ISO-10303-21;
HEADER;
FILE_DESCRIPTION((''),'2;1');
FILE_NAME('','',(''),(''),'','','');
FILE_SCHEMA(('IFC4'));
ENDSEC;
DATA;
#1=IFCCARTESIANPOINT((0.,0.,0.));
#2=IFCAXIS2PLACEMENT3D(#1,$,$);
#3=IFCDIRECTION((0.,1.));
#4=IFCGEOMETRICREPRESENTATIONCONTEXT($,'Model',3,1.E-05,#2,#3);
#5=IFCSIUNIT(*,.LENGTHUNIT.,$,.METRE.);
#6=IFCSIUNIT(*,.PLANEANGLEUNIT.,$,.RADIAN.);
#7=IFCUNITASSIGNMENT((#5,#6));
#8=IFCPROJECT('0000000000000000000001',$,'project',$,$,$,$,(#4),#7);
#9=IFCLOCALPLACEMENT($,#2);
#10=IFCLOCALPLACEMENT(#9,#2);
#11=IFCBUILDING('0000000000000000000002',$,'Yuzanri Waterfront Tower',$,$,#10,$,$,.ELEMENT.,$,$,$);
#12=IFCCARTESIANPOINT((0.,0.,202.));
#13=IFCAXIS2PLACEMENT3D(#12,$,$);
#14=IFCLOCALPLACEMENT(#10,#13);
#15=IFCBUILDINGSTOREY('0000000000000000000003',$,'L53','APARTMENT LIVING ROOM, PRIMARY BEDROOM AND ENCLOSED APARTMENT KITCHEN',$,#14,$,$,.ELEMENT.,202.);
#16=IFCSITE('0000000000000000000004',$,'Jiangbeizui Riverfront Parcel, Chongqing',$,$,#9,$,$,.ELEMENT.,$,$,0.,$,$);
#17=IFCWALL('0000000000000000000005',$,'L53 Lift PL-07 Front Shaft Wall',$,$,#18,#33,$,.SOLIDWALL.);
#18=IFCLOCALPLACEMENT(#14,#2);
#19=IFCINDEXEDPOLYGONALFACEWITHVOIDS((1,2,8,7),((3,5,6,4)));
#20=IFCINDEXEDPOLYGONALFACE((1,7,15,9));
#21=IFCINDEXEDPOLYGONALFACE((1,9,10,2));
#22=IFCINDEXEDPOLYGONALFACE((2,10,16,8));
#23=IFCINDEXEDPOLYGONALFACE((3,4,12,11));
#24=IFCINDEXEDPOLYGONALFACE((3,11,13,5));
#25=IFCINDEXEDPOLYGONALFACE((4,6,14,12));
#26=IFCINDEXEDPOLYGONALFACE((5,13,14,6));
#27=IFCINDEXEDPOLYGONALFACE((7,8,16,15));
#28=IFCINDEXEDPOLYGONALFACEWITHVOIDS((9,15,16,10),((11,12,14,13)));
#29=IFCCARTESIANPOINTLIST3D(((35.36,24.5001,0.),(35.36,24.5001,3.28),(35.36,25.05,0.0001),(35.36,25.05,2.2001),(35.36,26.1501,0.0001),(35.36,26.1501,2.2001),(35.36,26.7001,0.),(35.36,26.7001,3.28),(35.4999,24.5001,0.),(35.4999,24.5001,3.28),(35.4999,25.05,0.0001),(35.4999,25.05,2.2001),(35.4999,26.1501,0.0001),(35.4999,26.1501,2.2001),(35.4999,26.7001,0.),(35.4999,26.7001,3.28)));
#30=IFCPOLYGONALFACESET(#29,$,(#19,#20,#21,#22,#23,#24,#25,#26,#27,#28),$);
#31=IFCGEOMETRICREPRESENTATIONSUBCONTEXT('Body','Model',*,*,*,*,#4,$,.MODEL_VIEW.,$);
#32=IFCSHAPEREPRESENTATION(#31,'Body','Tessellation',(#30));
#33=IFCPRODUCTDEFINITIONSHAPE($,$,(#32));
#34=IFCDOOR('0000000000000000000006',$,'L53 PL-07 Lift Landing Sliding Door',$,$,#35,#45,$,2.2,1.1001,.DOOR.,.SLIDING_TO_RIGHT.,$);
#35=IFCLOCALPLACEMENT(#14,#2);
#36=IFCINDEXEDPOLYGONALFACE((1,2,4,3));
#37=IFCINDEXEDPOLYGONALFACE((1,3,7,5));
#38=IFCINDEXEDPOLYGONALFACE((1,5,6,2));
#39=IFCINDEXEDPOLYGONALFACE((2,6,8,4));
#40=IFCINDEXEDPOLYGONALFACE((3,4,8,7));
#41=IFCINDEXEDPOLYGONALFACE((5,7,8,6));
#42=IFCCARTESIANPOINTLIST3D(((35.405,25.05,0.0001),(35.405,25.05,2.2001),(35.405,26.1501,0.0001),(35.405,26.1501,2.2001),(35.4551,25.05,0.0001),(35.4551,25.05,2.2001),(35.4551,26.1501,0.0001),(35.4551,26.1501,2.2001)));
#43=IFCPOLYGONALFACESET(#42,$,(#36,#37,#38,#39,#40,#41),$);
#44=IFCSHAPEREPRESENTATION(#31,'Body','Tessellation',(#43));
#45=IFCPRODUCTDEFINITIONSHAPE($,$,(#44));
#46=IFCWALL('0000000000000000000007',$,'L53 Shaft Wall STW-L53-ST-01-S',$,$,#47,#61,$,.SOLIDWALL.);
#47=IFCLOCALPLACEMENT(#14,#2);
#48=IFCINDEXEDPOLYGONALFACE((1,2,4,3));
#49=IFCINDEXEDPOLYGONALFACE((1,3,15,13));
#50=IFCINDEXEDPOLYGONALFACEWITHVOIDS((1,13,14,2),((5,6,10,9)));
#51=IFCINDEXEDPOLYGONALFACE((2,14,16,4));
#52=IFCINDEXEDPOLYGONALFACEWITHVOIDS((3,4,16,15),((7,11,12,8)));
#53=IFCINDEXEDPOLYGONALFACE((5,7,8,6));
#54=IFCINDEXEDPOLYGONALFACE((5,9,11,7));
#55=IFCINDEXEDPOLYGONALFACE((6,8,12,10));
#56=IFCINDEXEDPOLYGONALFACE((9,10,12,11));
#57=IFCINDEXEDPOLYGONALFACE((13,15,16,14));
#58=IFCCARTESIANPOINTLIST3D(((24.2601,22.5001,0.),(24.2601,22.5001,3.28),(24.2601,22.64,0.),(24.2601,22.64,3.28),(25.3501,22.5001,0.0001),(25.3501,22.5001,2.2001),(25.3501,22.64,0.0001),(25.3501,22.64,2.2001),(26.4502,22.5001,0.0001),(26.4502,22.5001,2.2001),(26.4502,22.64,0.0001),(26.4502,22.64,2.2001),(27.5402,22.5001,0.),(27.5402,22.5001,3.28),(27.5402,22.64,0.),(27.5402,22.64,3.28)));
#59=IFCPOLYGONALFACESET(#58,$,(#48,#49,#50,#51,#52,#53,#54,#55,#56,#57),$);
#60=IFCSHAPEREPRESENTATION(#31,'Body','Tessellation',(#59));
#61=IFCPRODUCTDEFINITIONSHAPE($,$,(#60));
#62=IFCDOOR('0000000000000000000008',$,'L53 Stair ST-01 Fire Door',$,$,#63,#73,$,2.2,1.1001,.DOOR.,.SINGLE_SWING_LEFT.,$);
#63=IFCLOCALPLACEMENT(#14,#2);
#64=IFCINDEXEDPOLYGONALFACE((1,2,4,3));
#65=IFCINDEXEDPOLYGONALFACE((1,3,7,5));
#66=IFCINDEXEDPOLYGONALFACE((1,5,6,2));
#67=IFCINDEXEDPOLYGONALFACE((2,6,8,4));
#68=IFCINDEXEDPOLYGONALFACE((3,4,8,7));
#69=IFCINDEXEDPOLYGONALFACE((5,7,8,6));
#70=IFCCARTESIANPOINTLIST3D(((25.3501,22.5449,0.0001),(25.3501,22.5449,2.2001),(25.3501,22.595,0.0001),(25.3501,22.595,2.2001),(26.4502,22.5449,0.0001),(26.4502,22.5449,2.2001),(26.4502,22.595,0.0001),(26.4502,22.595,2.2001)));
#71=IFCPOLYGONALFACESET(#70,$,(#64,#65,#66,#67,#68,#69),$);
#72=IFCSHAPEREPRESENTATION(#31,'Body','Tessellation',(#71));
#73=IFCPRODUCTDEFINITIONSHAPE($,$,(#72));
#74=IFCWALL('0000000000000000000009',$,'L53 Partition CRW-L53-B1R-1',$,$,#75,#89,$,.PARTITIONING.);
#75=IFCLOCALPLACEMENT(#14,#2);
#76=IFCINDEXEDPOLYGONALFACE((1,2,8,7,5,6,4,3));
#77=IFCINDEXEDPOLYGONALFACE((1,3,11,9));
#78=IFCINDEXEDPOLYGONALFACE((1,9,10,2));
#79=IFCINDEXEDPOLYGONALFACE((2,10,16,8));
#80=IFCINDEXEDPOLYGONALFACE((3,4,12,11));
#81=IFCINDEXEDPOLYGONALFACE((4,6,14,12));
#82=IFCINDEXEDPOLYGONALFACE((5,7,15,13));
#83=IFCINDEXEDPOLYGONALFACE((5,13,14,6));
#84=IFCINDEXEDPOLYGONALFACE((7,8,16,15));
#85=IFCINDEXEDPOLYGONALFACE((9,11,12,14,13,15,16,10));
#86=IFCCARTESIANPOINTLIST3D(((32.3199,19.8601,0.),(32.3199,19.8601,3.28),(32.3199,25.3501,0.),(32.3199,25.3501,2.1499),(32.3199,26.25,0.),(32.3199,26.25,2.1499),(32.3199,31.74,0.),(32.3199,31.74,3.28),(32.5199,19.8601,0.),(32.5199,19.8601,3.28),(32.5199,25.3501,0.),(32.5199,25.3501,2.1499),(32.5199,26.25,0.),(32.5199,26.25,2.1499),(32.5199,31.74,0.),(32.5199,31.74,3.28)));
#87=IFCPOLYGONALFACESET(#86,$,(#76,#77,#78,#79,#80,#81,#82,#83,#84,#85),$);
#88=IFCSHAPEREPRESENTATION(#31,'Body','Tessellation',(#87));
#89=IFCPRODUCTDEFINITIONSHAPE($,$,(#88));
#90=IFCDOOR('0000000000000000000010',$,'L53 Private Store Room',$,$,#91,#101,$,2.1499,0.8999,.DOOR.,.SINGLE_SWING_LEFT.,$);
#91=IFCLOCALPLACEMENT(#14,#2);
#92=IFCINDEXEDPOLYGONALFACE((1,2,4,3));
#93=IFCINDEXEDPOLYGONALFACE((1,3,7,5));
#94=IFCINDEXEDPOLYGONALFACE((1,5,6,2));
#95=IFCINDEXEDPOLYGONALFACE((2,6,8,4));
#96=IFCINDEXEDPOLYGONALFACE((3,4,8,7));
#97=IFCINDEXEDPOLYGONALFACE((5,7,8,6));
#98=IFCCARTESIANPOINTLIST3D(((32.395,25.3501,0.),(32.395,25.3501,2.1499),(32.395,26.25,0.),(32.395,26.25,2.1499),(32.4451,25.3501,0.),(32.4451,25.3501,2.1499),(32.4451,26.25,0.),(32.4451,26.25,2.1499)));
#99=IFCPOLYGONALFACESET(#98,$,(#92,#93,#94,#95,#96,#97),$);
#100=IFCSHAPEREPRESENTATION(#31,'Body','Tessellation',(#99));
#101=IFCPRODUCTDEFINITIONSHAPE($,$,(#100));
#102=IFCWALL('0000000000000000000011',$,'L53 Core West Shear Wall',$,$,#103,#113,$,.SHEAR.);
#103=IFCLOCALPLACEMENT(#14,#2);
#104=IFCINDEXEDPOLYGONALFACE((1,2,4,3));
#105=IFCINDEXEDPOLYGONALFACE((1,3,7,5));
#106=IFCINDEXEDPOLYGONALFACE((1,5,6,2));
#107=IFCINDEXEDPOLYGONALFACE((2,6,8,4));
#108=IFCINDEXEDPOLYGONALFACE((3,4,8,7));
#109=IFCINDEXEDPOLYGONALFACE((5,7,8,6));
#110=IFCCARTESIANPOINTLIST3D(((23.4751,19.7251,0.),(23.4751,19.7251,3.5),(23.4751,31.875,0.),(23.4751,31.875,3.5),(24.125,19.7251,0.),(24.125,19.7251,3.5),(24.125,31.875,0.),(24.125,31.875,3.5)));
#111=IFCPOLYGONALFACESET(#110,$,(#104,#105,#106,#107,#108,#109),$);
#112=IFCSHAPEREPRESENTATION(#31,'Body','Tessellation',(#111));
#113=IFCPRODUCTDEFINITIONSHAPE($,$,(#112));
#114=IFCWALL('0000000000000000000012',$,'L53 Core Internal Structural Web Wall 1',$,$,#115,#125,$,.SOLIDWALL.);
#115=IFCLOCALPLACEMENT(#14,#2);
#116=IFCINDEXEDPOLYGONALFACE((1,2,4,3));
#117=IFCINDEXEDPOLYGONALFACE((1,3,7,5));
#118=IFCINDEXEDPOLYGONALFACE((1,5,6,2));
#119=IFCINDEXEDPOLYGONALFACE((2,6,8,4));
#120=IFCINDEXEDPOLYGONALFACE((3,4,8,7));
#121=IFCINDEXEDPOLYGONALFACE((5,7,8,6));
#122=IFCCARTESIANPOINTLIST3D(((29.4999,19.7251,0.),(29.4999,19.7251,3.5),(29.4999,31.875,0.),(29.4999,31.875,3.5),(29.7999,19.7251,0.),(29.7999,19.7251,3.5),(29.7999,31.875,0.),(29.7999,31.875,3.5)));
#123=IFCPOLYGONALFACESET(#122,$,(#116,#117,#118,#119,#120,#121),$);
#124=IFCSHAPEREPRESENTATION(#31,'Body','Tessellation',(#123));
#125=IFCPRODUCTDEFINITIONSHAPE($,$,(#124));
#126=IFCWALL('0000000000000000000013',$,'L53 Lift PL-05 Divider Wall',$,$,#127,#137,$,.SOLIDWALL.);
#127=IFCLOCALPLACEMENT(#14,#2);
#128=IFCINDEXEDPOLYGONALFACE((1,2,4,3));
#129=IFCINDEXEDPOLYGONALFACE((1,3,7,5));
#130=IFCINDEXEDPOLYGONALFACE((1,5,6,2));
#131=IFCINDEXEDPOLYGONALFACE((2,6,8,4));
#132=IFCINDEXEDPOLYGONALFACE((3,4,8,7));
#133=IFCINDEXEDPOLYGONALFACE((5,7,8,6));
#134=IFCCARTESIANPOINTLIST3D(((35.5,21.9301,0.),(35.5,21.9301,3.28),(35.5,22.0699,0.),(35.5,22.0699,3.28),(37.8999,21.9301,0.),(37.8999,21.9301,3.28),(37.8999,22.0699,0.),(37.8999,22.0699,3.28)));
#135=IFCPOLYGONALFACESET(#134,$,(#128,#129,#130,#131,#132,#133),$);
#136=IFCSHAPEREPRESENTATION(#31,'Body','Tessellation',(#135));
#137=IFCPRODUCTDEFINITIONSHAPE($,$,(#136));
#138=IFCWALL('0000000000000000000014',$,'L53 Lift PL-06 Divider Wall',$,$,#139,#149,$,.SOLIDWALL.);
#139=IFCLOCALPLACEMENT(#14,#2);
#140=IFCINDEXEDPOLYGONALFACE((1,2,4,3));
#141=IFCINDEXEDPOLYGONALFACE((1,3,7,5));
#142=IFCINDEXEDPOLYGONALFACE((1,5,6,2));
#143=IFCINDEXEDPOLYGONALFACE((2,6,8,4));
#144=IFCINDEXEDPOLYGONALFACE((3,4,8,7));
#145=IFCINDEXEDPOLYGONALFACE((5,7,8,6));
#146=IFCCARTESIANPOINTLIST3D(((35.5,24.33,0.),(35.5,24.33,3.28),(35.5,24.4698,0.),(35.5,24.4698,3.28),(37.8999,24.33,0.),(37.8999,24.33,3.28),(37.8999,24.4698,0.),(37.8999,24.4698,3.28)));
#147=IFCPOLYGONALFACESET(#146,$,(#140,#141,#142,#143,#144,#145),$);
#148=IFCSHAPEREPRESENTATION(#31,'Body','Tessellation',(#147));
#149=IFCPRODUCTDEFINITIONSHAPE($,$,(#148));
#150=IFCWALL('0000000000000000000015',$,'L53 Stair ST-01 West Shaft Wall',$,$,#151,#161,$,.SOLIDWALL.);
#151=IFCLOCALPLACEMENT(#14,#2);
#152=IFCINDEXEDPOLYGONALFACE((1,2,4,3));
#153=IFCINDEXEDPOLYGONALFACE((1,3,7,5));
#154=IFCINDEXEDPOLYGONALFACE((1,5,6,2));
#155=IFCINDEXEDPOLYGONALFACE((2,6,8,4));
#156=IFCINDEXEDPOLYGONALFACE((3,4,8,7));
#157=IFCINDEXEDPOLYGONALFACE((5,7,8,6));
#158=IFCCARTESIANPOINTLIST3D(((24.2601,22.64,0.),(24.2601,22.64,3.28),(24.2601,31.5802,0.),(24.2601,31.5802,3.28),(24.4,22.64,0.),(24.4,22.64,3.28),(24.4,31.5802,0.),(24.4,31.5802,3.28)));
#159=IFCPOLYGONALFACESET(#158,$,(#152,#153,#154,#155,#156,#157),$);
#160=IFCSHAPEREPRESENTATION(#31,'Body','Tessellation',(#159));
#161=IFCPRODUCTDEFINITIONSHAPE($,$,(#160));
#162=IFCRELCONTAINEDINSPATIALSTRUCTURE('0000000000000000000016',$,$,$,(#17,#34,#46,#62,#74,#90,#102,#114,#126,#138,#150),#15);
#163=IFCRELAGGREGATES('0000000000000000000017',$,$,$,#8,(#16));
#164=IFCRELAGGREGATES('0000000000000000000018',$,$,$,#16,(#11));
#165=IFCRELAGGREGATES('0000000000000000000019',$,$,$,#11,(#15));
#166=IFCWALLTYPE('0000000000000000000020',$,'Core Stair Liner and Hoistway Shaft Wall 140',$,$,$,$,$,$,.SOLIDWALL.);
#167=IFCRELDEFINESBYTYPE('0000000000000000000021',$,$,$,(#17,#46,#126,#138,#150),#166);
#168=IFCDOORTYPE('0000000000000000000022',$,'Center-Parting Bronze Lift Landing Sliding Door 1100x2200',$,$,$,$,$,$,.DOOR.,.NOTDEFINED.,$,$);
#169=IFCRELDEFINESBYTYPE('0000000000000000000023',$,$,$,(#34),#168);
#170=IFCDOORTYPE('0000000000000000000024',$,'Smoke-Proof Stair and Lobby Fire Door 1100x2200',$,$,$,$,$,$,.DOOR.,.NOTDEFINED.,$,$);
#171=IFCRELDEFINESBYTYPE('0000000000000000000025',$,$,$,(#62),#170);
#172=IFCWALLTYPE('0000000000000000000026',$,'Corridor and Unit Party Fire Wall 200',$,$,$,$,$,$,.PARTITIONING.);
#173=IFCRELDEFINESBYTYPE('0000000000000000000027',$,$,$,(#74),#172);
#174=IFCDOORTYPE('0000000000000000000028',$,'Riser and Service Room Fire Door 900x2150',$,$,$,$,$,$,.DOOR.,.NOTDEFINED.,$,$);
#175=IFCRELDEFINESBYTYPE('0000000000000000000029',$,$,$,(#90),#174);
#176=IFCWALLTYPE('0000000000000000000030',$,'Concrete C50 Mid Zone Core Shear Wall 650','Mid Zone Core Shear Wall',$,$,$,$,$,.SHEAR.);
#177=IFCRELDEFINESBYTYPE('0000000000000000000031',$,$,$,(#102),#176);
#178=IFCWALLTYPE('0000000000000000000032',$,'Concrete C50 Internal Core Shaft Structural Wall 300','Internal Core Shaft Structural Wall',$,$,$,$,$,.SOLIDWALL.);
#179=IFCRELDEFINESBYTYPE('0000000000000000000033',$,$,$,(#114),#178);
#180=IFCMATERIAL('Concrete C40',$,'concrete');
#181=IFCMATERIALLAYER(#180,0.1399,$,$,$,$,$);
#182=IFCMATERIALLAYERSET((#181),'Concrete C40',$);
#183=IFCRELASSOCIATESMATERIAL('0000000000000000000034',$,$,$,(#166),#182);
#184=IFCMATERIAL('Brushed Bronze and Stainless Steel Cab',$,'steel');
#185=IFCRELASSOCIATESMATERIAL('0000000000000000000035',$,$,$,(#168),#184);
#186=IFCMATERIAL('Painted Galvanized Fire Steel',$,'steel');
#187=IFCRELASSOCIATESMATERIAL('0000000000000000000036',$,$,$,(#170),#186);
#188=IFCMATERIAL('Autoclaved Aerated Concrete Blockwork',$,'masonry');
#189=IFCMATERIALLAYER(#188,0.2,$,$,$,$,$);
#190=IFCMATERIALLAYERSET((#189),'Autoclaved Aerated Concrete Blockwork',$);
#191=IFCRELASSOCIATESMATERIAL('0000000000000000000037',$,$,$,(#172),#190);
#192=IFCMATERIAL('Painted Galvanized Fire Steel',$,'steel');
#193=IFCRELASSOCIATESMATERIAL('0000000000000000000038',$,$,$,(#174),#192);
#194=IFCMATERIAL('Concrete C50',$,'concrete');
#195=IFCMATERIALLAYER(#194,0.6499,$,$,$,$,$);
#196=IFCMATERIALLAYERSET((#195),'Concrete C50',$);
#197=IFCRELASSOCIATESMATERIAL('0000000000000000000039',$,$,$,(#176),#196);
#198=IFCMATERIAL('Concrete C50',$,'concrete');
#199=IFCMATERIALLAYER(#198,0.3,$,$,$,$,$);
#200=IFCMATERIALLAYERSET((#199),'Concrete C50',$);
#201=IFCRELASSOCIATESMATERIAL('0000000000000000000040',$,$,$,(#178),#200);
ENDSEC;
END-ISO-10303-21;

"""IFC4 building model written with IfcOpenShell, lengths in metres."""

from ifc_helpers import new_model, si_unit, direction, frame, frame_2d, origin, place, context, subcontext, project, spatial, rectangle, extrude, source, transform, mapped, material, layer, layer_set, type_object, element, fill, save


model = new_model("IFC4")

# Units and contexts
model_context = context("Model", 3, precision=1e-05, world=origin(), true_north=direction((0.0, 1.0)))
body_context = subcontext(model_context, "Body", "Model", "MODEL_VIEW")
ifc_project = project(units=[si_unit("LENGTHUNIT", "METRE"), si_unit("PLANEANGLEUNIT", "RADIAN")], contexts=[model_context])

# Site, building, storey
site_placement = place(None, origin())
site = spatial("IfcSite", under=ifc_project, at=site_placement, Name="Jiangbeizui Riverfront Parcel, Chongqing", CompositionType="ELEMENT", RefElevation=0.0)
building_placement = place(site_placement, origin())
building = spatial("IfcBuilding", under=site, at=building_placement, Name="Yuzanri Waterfront Tower", CompositionType="ELEMENT")
storey_placement = place(building_placement, frame((0.0, 0.0, 202.0)))
storey = spatial("IfcBuildingStorey", under=building, at=storey_placement, Name="L53", Description="APARTMENT LIVING ROOM, PRIMARY BEDROOM AND ENCLOSED APARTMENT KITCHEN", CompositionType="ELEMENT", Elevation=202.0)

# Walls, openings, doors
ifc_material_1 = material(Name="Concrete C40", Category="concrete")
ifc_layer_1 = layer(ifc_material_1, 0.1399)
ifc_layer_set_1 = layer_set([ifc_layer_1], Name="Concrete C40")
wall_type_1 = type_object("IfcWallType", Name="Core Stair Liner and Hoistway Shaft Wall 140", PredefinedType="SOLIDWALL", material=ifc_layer_set_1)
ifc_material_2 = material(Name="Brushed Bronze and Stainless Steel Cab", Category="steel")
door_type_1 = type_object("IfcDoorType", Name="Center-Parting Bronze Lift Landing Sliding Door 1100x2200", OperationType="NOTDEFINED", PredefinedType="DOOR", material=ifc_material_2)
shared_shape_1 = source(origin(), body_context, "Body", "SweptSolid", [
    extrude(rectangle(XDim=1.1001, YDim=2.2, at=frame_2d((0.55, 1.1001))), frame((0.0, 0.0249, 0.0), z_axis=(0.0, -1.0, 0.0), x_axis=(1.0, 0.0, 0.0)), (0.0, 0.0, 1.0), 0.05),
])
wall_1_placement = place(storey_placement, frame((35.4299, 24.5, 0.0), z_axis=(0.0, 0.0, 1.0), x_axis=(0.0, 1.0, 0.0)))
wall_1 = element("IfcWall", 1, at=wall_1_placement, inside=storey, type_object=wall_type_1, Name="L53 Lift PL-07 Front Shaft Wall", PredefinedType="SOLIDWALL", context=body_context, shape_type="SweptSolid", body=[
    extrude(rectangle(XDim=2.2, YDim=0.1399, at=frame_2d((1.1001, 0.0))), origin(), (0.0, 0.0, 1.0), 3.28),
])
opening_1_placement = place(wall_1_placement, frame((0.55, 0.0, 0.0)))
opening_1 = element("IfcOpeningElement", 2, at=opening_1_placement, cuts=wall_1, PredefinedType="OPENING", context=body_context, shape_type="SweptSolid", body=[
    extrude(rectangle(XDim=1.1001, YDim=2.2, at=frame_2d((0.55, 1.1001))), frame((0.0, 0.085, 0.0), z_axis=(0.0, -1.0, 0.0), x_axis=(1.0, 0.0, 0.0)), (0.0, 0.0, 1.0), 0.1697),
])
door_1_placement = place(opening_1_placement, origin())
door_1 = element("IfcDoor", 3, at=door_1_placement, inside=storey, type_object=door_type_1, Name="L53 PL-07 Lift Landing Sliding Door", OperationType="SLIDING_TO_RIGHT", OverallHeight=2.2, OverallWidth=1.1001, PredefinedType="DOOR", context=body_context, shape_type="MappedRepresentation", body=[
    mapped(shared_shape_1, transform((0.0, 0.0, 0.0), scale=1.0)),
])
fill(opening_1, door_1)
wall_2_placement = place(storey_placement, frame((24.26, 22.5701, 0.0), z_axis=(0.0, 0.0, 1.0), x_axis=(1.0, 0.0, 0.0)))
wall_2 = element("IfcWall", 4, at=wall_2_placement, inside=storey, type_object=wall_type_1, Name="L53 Shaft Wall STW-L53-ST-01-S", PredefinedType="SOLIDWALL", context=body_context, shape_type="SweptSolid", body=[
    extrude(rectangle(XDim=3.28, YDim=0.1399, at=frame_2d((1.6401, 0.0))), origin(), (0.0, 0.0, 1.0), 3.28),
])
opening_2_placement = place(wall_2_placement, frame((1.0901, 0.0, 0.0)))
opening_2 = element("IfcOpeningElement", 5, at=opening_2_placement, cuts=wall_2, PredefinedType="OPENING", context=body_context, shape_type="SweptSolid", body=[
    extrude(rectangle(XDim=1.1001, YDim=2.2, at=frame_2d((0.55, 1.1001))), frame((0.0, 0.085, 0.0), z_axis=(0.0, -1.0, 0.0), x_axis=(1.0, 0.0, 0.0)), (0.0, 0.0, 1.0), 0.1697),
])
ifc_material_3 = material(Name="Painted Galvanized Fire Steel", Category="steel")
door_type_2 = type_object("IfcDoorType", Name="Smoke-Proof Stair and Lobby Fire Door 1100x2200", OperationType="NOTDEFINED", PredefinedType="DOOR", material=ifc_material_3)
shared_shape_2 = source(origin(), body_context, "Body", "SweptSolid", [
    extrude(rectangle(XDim=1.1001, YDim=2.2, at=frame_2d((0.55, 1.1001))), frame((0.0, 0.0249, 0.0), z_axis=(0.0, -1.0, 0.0), x_axis=(1.0, 0.0, 0.0)), (0.0, 0.0, 1.0), 0.05),
])
door_2_placement = place(opening_2_placement, origin())
door_2 = element("IfcDoor", 6, at=door_2_placement, inside=storey, type_object=door_type_2, Name="L53 Stair ST-01 Fire Door", OperationType="SINGLE_SWING_LEFT", OverallHeight=2.2, OverallWidth=1.1001, PredefinedType="DOOR", context=body_context, shape_type="MappedRepresentation", body=[
    mapped(shared_shape_2, transform((0.0, 0.0, 0.0), scale=1.0)),
])
fill(opening_2, door_2)
ifc_material_4 = material(Name="Autoclaved Aerated Concrete Blockwork", Category="masonry")
ifc_layer_2 = layer(ifc_material_4, 0.2)
ifc_layer_set_2 = layer_set([ifc_layer_2], Name="Autoclaved Aerated Concrete Blockwork")
wall_type_2 = type_object("IfcWallType", Name="Corridor and Unit Party Fire Wall 200", PredefinedType="PARTITIONING", material=ifc_layer_set_2)
wall_3_placement = place(storey_placement, frame((32.4199, 19.8601, 0.0), z_axis=(0.0, 0.0, 1.0), x_axis=(0.0, 1.0, 0.0)))
wall_3 = element("IfcWall", 7, at=wall_3_placement, inside=storey, type_object=wall_type_2, Name="L53 Partition CRW-L53-B1R-1", PredefinedType="PARTITIONING", context=body_context, shape_type="SweptSolid", body=[
    extrude(rectangle(XDim=11.8799, YDim=0.2, at=frame_2d((5.9399, 0.0))), origin(), (0.0, 0.0, 1.0), 3.28),
])
opening_3_placement = place(wall_3_placement, frame((5.49, 0.0, 0.0)))
opening_3 = element("IfcOpeningElement", 8, at=opening_3_placement, cuts=wall_3, PredefinedType="OPENING", context=body_context, shape_type="SweptSolid", body=[
    extrude(rectangle(XDim=0.8999, YDim=2.1499, at=frame_2d((0.45, 1.075))), frame((0.0, 0.1147, 0.0), z_axis=(0.0, -1.0, 0.0), x_axis=(1.0, 0.0, 0.0)), (0.0, 0.0, 1.0), 0.2297),
])
ifc_material_5 = material(Name="Painted Galvanized Fire Steel", Category="steel")
door_type_3 = type_object("IfcDoorType", Name="Riser and Service Room Fire Door 900x2150", OperationType="NOTDEFINED", PredefinedType="DOOR", material=ifc_material_5)
shared_shape_3 = source(origin(), body_context, "Body", "SweptSolid", [
    extrude(rectangle(XDim=0.8999, YDim=2.1499, at=frame_2d((0.45, 1.075))), frame((0.0, 0.0249, 0.0), z_axis=(0.0, -1.0, 0.0), x_axis=(1.0, 0.0, 0.0)), (0.0, 0.0, 1.0), 0.05),
])
door_3_placement = place(opening_3_placement, origin())
door_3 = element("IfcDoor", 9, at=door_3_placement, inside=storey, type_object=door_type_3, Name="L53 Private Store Room", OperationType="SINGLE_SWING_LEFT", OverallHeight=2.1499, OverallWidth=0.8999, PredefinedType="DOOR", context=body_context, shape_type="MappedRepresentation", body=[
    mapped(shared_shape_3, transform((0.0, 0.0, 0.0), scale=1.0)),
])
fill(opening_3, door_3)

# Walls
ifc_material_6 = material(Name="Concrete C50", Category="concrete")
ifc_layer_3 = layer(ifc_material_6, 0.6499)
ifc_layer_set_3 = layer_set([ifc_layer_3], Name="Concrete C50")
wall_type_3 = type_object("IfcWallType", Name="Concrete C50 Mid Zone Core Shear Wall 650", Description="Mid Zone Core Shear Wall", PredefinedType="SHEAR", material=ifc_layer_set_3)
shared_shape_4 = source(origin(), body_context, "Body", "SweptSolid", [
    extrude(rectangle(XDim=12.1499, YDim=0.6499, at=frame_2d((6.075, 0.0))), origin(), (0.0, 0.0, 1.0), 3.5),
])
wall_4_placement = place(storey_placement, frame((23.8, 19.7251, 0.0), z_axis=(0.0, 0.0, 1.0), x_axis=(0.0, 1.0, 0.0)))
element("IfcWall", 10, at=wall_4_placement, inside=storey, type_object=wall_type_3, Name="L53 Core West Shear Wall", PredefinedType="SHEAR", context=body_context, shape_type="MappedRepresentation", body=[
    mapped(shared_shape_4, transform((0.0, 0.0, 0.0), scale=1.0)),
])
ifc_material_7 = material(Name="Concrete C50", Category="concrete")
ifc_layer_4 = layer(ifc_material_7, 0.3)
ifc_layer_set_4 = layer_set([ifc_layer_4], Name="Concrete C50")
wall_type_4 = type_object("IfcWallType", Name="Concrete C50 Internal Core Shaft Structural Wall 300", Description="Internal Core Shaft Structural Wall", PredefinedType="SOLIDWALL", material=ifc_layer_set_4)
shared_shape_5 = source(origin(), body_context, "Body", "SweptSolid", [
    extrude(rectangle(XDim=12.1499, YDim=0.3, at=frame_2d((6.075, 0.0))), origin(), (0.0, 0.0, 1.0), 3.5),
])
wall_5_placement = place(storey_placement, frame((29.6499, 19.7251, 0.0), z_axis=(0.0, 0.0, 1.0), x_axis=(0.0, 1.0, 0.0)))
element("IfcWall", 11, at=wall_5_placement, inside=storey, type_object=wall_type_4, Name="L53 Core Internal Structural Web Wall 1", PredefinedType="SOLIDWALL", context=body_context, shape_type="MappedRepresentation", body=[
    mapped(shared_shape_5, transform((0.0, 0.0, 0.0), scale=1.0)),
])
shared_shape_6 = source(origin(), body_context, "Body", "SweptSolid", [
    extrude(rectangle(XDim=2.3999, YDim=0.1399, at=frame_2d((1.2, 0.0))), origin(), (0.0, 0.0, 1.0), 3.28),
])
for number, where, z_axis, x_axis, name in (
    (12, (35.5, 22.0, 0.0), (0.0, 0.0, 1.0), (1.0, 0.0, 0.0), "L53 Lift PL-05 Divider Wall"),
    (13, (35.5, 24.3999, 0.0), (0.0, 0.0, 1.0), (1.0, 0.0, 0.0), "L53 Lift PL-06 Divider Wall"),
):
    element("IfcWall", number, at=place(storey_placement, frame(where, z_axis=z_axis, x_axis=x_axis)), inside=storey, type_object=wall_type_1, Name=name, PredefinedType="SOLIDWALL", context=body_context, shape_type="MappedRepresentation", body=[
        mapped(shared_shape_6, transform((0.0, 0.0, 0.0), scale=1.0)),
    ])
shared_shape_7 = source(origin(), body_context, "Body", "SweptSolid", [
    extrude(rectangle(XDim=8.9402, YDim=0.1399, at=frame_2d((4.4702, 0.0))), origin(), (0.0, 0.0, 1.0), 3.28),
])
for number, where, z_axis, x_axis, name in (
    (14, (24.3301, 22.6399, 0.0), (0.0, 0.0, 1.0), (0.0, 1.0, 0.0), "L53 Stair ST-01 West Shaft Wall"),
):
    element("IfcWall", number, at=place(storey_placement, frame(where, z_axis=z_axis, x_axis=x_axis)), inside=storey, type_object=wall_type_1, Name=name, PredefinedType="SOLIDWALL", context=body_context, shape_type="MappedRepresentation", body=[
        mapped(shared_shape_7, transform((0.0, 0.0, 0.0), scale=1.0)),
    ])

save(model, "model.ifc")
